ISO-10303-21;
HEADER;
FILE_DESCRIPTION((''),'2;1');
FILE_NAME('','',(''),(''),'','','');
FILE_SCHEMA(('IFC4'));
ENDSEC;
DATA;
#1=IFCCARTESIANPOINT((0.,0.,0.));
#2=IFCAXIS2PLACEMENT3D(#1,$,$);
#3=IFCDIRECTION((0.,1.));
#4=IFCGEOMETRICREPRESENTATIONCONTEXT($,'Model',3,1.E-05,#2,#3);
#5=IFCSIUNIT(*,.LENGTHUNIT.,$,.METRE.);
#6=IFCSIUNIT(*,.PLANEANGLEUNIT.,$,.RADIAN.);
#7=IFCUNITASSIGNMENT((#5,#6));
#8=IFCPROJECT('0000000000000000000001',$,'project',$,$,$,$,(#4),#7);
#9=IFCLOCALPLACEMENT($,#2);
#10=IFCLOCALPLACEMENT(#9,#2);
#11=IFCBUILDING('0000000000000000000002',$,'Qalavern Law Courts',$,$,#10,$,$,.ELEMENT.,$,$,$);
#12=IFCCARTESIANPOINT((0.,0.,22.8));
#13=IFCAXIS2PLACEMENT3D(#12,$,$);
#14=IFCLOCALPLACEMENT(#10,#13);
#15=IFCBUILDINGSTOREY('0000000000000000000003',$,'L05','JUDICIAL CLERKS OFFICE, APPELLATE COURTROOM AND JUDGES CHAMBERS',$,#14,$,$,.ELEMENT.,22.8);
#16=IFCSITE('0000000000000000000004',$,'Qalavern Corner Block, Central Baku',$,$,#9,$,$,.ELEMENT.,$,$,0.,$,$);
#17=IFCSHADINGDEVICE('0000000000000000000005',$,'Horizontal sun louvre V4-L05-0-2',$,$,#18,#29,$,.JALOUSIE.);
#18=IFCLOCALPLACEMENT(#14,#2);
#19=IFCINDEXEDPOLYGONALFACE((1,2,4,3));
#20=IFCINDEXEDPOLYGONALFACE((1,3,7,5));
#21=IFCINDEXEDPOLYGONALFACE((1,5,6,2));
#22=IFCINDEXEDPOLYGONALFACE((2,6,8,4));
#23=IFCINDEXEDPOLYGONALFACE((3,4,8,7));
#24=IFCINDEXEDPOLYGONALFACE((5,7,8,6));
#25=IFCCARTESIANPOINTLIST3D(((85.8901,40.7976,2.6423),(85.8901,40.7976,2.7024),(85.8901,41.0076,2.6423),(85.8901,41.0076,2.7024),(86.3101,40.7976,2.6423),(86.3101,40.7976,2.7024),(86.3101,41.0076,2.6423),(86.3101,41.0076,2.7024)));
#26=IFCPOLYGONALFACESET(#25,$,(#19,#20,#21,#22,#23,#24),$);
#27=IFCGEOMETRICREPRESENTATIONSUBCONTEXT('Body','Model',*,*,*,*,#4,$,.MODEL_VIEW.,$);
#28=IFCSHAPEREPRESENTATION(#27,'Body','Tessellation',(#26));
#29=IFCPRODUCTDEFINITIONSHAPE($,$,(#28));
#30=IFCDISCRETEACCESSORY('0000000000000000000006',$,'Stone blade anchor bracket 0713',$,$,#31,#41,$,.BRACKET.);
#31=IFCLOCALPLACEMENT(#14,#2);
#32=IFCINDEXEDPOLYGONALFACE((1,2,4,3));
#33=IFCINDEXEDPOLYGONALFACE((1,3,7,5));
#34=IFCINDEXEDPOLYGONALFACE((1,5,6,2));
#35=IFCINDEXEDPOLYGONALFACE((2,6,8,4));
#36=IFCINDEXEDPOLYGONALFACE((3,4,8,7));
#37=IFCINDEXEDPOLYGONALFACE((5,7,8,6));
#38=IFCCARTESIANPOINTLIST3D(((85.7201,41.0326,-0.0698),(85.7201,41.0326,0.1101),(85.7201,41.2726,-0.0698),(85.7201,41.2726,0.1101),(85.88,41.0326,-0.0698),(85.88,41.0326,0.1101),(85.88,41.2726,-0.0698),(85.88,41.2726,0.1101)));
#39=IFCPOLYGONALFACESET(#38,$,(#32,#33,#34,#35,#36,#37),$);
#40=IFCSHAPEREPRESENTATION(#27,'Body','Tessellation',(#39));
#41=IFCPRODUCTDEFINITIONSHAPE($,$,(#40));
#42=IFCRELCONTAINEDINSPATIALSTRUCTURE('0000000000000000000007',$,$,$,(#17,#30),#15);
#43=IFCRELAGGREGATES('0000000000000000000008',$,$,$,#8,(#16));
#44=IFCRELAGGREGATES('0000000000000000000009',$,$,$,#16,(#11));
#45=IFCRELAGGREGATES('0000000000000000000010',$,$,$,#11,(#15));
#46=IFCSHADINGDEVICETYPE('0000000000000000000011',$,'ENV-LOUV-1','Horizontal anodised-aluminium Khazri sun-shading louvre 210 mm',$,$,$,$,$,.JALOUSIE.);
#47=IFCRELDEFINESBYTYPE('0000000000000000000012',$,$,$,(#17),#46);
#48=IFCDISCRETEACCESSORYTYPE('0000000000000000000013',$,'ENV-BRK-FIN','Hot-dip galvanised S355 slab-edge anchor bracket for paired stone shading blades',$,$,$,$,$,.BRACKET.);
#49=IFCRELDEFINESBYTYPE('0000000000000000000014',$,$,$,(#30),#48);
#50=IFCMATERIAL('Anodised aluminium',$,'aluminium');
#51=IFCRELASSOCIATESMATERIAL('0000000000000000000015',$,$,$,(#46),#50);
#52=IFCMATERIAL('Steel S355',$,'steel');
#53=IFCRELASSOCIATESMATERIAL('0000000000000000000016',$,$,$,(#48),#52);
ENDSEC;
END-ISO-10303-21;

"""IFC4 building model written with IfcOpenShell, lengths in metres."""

from ifc_helpers import new_model, si_unit, direction, frame, origin, origin_2d, place, context, subcontext, project, spatial, rectangle, extrude, material, type_object, element, save


model = new_model("IFC4")

# Units and contexts
model_context = context("Model", 3, precision=1e-05, world=origin(), true_north=direction((0.0, 1.0)))
body_context = subcontext(model_context, "Body", "Model", "MODEL_VIEW")
ifc_project = project(units=[si_unit("LENGTHUNIT", "METRE"), si_unit("PLANEANGLEUNIT", "RADIAN")], contexts=[model_context])

# Site, building, storey
site_placement = place(None, origin())
site = spatial("IfcSite", under=ifc_project, at=site_placement, Name="Qalavern Corner Block, Central Baku", CompositionType="ELEMENT", RefElevation=0.0)
building_placement = place(site_placement, origin())
building = spatial("IfcBuilding", under=site, at=building_placement, Name="Qalavern Law Courts", CompositionType="ELEMENT")
storey_placement = place(building_placement, frame((0.0, 0.0, 22.8)))
storey = spatial("IfcBuildingStorey", under=building, at=storey_placement, Name="L05", Description="JUDICIAL CLERKS OFFICE, APPELLATE COURTROOM AND JUDGES CHAMBERS", CompositionType="ELEMENT", Elevation=22.8)

# Shared definitions
ifc_material_1 = material(Name="Anodised aluminium", Category="aluminium")

# Shading device
shading_device_type = type_object("IfcShadingDeviceType", Name="ENV-LOUV-1", Description="Horizontal anodised-aluminium Khazri sun-shading louvre 210 mm", PredefinedType="JALOUSIE", material=ifc_material_1)
for number, where, z_axis, x_axis, name in (
    (1, (86.1001, 40.9026, 2.6423), (0.0, 0.0, 1.0), (1.0, 0.0, 0.0), "Horizontal sun louvre V4-L05-0-2"),
):
    element("IfcShadingDevice", number, at=place(storey_placement, frame(where, z_axis=z_axis, x_axis=x_axis)), inside=storey, type_object=shading_device_type, Name=name, PredefinedType="JALOUSIE", context=body_context, shape_type="SweptSolid", body=[
        extrude(rectangle(XDim=0.4199, YDim=0.21, at=origin_2d()), origin(), (0.0, 0.0, 1.0), 0.0601),
    ])

# Discrete accessory
ifc_material_2 = material(Name="Steel S355", Category="steel")
discrete_accessory_type = type_object("IfcDiscreteAccessoryType", Name="ENV-BRK-FIN", Description="Hot-dip galvanised S355 slab-edge anchor bracket for paired stone shading blades", PredefinedType="BRACKET", material=ifc_material_2)
discrete_accessory_placement = place(storey_placement, frame((85.8, 41.1526, -0.0698), z_axis=(0.0, 0.0, 1.0), x_axis=(0.0, -1.0, 0.0)))
element("IfcDiscreteAccessory", 2, at=discrete_accessory_placement, inside=storey, type_object=discrete_accessory_type, Name="Stone blade anchor bracket 0713", PredefinedType="BRACKET", context=body_context, shape_type="SweptSolid", body=[
    extrude(rectangle(XDim=0.24, YDim=0.1599, at=origin_2d()), origin(), (0.0, 0.0, 1.0), 0.1799),
])

save(model, "model.ifc")
